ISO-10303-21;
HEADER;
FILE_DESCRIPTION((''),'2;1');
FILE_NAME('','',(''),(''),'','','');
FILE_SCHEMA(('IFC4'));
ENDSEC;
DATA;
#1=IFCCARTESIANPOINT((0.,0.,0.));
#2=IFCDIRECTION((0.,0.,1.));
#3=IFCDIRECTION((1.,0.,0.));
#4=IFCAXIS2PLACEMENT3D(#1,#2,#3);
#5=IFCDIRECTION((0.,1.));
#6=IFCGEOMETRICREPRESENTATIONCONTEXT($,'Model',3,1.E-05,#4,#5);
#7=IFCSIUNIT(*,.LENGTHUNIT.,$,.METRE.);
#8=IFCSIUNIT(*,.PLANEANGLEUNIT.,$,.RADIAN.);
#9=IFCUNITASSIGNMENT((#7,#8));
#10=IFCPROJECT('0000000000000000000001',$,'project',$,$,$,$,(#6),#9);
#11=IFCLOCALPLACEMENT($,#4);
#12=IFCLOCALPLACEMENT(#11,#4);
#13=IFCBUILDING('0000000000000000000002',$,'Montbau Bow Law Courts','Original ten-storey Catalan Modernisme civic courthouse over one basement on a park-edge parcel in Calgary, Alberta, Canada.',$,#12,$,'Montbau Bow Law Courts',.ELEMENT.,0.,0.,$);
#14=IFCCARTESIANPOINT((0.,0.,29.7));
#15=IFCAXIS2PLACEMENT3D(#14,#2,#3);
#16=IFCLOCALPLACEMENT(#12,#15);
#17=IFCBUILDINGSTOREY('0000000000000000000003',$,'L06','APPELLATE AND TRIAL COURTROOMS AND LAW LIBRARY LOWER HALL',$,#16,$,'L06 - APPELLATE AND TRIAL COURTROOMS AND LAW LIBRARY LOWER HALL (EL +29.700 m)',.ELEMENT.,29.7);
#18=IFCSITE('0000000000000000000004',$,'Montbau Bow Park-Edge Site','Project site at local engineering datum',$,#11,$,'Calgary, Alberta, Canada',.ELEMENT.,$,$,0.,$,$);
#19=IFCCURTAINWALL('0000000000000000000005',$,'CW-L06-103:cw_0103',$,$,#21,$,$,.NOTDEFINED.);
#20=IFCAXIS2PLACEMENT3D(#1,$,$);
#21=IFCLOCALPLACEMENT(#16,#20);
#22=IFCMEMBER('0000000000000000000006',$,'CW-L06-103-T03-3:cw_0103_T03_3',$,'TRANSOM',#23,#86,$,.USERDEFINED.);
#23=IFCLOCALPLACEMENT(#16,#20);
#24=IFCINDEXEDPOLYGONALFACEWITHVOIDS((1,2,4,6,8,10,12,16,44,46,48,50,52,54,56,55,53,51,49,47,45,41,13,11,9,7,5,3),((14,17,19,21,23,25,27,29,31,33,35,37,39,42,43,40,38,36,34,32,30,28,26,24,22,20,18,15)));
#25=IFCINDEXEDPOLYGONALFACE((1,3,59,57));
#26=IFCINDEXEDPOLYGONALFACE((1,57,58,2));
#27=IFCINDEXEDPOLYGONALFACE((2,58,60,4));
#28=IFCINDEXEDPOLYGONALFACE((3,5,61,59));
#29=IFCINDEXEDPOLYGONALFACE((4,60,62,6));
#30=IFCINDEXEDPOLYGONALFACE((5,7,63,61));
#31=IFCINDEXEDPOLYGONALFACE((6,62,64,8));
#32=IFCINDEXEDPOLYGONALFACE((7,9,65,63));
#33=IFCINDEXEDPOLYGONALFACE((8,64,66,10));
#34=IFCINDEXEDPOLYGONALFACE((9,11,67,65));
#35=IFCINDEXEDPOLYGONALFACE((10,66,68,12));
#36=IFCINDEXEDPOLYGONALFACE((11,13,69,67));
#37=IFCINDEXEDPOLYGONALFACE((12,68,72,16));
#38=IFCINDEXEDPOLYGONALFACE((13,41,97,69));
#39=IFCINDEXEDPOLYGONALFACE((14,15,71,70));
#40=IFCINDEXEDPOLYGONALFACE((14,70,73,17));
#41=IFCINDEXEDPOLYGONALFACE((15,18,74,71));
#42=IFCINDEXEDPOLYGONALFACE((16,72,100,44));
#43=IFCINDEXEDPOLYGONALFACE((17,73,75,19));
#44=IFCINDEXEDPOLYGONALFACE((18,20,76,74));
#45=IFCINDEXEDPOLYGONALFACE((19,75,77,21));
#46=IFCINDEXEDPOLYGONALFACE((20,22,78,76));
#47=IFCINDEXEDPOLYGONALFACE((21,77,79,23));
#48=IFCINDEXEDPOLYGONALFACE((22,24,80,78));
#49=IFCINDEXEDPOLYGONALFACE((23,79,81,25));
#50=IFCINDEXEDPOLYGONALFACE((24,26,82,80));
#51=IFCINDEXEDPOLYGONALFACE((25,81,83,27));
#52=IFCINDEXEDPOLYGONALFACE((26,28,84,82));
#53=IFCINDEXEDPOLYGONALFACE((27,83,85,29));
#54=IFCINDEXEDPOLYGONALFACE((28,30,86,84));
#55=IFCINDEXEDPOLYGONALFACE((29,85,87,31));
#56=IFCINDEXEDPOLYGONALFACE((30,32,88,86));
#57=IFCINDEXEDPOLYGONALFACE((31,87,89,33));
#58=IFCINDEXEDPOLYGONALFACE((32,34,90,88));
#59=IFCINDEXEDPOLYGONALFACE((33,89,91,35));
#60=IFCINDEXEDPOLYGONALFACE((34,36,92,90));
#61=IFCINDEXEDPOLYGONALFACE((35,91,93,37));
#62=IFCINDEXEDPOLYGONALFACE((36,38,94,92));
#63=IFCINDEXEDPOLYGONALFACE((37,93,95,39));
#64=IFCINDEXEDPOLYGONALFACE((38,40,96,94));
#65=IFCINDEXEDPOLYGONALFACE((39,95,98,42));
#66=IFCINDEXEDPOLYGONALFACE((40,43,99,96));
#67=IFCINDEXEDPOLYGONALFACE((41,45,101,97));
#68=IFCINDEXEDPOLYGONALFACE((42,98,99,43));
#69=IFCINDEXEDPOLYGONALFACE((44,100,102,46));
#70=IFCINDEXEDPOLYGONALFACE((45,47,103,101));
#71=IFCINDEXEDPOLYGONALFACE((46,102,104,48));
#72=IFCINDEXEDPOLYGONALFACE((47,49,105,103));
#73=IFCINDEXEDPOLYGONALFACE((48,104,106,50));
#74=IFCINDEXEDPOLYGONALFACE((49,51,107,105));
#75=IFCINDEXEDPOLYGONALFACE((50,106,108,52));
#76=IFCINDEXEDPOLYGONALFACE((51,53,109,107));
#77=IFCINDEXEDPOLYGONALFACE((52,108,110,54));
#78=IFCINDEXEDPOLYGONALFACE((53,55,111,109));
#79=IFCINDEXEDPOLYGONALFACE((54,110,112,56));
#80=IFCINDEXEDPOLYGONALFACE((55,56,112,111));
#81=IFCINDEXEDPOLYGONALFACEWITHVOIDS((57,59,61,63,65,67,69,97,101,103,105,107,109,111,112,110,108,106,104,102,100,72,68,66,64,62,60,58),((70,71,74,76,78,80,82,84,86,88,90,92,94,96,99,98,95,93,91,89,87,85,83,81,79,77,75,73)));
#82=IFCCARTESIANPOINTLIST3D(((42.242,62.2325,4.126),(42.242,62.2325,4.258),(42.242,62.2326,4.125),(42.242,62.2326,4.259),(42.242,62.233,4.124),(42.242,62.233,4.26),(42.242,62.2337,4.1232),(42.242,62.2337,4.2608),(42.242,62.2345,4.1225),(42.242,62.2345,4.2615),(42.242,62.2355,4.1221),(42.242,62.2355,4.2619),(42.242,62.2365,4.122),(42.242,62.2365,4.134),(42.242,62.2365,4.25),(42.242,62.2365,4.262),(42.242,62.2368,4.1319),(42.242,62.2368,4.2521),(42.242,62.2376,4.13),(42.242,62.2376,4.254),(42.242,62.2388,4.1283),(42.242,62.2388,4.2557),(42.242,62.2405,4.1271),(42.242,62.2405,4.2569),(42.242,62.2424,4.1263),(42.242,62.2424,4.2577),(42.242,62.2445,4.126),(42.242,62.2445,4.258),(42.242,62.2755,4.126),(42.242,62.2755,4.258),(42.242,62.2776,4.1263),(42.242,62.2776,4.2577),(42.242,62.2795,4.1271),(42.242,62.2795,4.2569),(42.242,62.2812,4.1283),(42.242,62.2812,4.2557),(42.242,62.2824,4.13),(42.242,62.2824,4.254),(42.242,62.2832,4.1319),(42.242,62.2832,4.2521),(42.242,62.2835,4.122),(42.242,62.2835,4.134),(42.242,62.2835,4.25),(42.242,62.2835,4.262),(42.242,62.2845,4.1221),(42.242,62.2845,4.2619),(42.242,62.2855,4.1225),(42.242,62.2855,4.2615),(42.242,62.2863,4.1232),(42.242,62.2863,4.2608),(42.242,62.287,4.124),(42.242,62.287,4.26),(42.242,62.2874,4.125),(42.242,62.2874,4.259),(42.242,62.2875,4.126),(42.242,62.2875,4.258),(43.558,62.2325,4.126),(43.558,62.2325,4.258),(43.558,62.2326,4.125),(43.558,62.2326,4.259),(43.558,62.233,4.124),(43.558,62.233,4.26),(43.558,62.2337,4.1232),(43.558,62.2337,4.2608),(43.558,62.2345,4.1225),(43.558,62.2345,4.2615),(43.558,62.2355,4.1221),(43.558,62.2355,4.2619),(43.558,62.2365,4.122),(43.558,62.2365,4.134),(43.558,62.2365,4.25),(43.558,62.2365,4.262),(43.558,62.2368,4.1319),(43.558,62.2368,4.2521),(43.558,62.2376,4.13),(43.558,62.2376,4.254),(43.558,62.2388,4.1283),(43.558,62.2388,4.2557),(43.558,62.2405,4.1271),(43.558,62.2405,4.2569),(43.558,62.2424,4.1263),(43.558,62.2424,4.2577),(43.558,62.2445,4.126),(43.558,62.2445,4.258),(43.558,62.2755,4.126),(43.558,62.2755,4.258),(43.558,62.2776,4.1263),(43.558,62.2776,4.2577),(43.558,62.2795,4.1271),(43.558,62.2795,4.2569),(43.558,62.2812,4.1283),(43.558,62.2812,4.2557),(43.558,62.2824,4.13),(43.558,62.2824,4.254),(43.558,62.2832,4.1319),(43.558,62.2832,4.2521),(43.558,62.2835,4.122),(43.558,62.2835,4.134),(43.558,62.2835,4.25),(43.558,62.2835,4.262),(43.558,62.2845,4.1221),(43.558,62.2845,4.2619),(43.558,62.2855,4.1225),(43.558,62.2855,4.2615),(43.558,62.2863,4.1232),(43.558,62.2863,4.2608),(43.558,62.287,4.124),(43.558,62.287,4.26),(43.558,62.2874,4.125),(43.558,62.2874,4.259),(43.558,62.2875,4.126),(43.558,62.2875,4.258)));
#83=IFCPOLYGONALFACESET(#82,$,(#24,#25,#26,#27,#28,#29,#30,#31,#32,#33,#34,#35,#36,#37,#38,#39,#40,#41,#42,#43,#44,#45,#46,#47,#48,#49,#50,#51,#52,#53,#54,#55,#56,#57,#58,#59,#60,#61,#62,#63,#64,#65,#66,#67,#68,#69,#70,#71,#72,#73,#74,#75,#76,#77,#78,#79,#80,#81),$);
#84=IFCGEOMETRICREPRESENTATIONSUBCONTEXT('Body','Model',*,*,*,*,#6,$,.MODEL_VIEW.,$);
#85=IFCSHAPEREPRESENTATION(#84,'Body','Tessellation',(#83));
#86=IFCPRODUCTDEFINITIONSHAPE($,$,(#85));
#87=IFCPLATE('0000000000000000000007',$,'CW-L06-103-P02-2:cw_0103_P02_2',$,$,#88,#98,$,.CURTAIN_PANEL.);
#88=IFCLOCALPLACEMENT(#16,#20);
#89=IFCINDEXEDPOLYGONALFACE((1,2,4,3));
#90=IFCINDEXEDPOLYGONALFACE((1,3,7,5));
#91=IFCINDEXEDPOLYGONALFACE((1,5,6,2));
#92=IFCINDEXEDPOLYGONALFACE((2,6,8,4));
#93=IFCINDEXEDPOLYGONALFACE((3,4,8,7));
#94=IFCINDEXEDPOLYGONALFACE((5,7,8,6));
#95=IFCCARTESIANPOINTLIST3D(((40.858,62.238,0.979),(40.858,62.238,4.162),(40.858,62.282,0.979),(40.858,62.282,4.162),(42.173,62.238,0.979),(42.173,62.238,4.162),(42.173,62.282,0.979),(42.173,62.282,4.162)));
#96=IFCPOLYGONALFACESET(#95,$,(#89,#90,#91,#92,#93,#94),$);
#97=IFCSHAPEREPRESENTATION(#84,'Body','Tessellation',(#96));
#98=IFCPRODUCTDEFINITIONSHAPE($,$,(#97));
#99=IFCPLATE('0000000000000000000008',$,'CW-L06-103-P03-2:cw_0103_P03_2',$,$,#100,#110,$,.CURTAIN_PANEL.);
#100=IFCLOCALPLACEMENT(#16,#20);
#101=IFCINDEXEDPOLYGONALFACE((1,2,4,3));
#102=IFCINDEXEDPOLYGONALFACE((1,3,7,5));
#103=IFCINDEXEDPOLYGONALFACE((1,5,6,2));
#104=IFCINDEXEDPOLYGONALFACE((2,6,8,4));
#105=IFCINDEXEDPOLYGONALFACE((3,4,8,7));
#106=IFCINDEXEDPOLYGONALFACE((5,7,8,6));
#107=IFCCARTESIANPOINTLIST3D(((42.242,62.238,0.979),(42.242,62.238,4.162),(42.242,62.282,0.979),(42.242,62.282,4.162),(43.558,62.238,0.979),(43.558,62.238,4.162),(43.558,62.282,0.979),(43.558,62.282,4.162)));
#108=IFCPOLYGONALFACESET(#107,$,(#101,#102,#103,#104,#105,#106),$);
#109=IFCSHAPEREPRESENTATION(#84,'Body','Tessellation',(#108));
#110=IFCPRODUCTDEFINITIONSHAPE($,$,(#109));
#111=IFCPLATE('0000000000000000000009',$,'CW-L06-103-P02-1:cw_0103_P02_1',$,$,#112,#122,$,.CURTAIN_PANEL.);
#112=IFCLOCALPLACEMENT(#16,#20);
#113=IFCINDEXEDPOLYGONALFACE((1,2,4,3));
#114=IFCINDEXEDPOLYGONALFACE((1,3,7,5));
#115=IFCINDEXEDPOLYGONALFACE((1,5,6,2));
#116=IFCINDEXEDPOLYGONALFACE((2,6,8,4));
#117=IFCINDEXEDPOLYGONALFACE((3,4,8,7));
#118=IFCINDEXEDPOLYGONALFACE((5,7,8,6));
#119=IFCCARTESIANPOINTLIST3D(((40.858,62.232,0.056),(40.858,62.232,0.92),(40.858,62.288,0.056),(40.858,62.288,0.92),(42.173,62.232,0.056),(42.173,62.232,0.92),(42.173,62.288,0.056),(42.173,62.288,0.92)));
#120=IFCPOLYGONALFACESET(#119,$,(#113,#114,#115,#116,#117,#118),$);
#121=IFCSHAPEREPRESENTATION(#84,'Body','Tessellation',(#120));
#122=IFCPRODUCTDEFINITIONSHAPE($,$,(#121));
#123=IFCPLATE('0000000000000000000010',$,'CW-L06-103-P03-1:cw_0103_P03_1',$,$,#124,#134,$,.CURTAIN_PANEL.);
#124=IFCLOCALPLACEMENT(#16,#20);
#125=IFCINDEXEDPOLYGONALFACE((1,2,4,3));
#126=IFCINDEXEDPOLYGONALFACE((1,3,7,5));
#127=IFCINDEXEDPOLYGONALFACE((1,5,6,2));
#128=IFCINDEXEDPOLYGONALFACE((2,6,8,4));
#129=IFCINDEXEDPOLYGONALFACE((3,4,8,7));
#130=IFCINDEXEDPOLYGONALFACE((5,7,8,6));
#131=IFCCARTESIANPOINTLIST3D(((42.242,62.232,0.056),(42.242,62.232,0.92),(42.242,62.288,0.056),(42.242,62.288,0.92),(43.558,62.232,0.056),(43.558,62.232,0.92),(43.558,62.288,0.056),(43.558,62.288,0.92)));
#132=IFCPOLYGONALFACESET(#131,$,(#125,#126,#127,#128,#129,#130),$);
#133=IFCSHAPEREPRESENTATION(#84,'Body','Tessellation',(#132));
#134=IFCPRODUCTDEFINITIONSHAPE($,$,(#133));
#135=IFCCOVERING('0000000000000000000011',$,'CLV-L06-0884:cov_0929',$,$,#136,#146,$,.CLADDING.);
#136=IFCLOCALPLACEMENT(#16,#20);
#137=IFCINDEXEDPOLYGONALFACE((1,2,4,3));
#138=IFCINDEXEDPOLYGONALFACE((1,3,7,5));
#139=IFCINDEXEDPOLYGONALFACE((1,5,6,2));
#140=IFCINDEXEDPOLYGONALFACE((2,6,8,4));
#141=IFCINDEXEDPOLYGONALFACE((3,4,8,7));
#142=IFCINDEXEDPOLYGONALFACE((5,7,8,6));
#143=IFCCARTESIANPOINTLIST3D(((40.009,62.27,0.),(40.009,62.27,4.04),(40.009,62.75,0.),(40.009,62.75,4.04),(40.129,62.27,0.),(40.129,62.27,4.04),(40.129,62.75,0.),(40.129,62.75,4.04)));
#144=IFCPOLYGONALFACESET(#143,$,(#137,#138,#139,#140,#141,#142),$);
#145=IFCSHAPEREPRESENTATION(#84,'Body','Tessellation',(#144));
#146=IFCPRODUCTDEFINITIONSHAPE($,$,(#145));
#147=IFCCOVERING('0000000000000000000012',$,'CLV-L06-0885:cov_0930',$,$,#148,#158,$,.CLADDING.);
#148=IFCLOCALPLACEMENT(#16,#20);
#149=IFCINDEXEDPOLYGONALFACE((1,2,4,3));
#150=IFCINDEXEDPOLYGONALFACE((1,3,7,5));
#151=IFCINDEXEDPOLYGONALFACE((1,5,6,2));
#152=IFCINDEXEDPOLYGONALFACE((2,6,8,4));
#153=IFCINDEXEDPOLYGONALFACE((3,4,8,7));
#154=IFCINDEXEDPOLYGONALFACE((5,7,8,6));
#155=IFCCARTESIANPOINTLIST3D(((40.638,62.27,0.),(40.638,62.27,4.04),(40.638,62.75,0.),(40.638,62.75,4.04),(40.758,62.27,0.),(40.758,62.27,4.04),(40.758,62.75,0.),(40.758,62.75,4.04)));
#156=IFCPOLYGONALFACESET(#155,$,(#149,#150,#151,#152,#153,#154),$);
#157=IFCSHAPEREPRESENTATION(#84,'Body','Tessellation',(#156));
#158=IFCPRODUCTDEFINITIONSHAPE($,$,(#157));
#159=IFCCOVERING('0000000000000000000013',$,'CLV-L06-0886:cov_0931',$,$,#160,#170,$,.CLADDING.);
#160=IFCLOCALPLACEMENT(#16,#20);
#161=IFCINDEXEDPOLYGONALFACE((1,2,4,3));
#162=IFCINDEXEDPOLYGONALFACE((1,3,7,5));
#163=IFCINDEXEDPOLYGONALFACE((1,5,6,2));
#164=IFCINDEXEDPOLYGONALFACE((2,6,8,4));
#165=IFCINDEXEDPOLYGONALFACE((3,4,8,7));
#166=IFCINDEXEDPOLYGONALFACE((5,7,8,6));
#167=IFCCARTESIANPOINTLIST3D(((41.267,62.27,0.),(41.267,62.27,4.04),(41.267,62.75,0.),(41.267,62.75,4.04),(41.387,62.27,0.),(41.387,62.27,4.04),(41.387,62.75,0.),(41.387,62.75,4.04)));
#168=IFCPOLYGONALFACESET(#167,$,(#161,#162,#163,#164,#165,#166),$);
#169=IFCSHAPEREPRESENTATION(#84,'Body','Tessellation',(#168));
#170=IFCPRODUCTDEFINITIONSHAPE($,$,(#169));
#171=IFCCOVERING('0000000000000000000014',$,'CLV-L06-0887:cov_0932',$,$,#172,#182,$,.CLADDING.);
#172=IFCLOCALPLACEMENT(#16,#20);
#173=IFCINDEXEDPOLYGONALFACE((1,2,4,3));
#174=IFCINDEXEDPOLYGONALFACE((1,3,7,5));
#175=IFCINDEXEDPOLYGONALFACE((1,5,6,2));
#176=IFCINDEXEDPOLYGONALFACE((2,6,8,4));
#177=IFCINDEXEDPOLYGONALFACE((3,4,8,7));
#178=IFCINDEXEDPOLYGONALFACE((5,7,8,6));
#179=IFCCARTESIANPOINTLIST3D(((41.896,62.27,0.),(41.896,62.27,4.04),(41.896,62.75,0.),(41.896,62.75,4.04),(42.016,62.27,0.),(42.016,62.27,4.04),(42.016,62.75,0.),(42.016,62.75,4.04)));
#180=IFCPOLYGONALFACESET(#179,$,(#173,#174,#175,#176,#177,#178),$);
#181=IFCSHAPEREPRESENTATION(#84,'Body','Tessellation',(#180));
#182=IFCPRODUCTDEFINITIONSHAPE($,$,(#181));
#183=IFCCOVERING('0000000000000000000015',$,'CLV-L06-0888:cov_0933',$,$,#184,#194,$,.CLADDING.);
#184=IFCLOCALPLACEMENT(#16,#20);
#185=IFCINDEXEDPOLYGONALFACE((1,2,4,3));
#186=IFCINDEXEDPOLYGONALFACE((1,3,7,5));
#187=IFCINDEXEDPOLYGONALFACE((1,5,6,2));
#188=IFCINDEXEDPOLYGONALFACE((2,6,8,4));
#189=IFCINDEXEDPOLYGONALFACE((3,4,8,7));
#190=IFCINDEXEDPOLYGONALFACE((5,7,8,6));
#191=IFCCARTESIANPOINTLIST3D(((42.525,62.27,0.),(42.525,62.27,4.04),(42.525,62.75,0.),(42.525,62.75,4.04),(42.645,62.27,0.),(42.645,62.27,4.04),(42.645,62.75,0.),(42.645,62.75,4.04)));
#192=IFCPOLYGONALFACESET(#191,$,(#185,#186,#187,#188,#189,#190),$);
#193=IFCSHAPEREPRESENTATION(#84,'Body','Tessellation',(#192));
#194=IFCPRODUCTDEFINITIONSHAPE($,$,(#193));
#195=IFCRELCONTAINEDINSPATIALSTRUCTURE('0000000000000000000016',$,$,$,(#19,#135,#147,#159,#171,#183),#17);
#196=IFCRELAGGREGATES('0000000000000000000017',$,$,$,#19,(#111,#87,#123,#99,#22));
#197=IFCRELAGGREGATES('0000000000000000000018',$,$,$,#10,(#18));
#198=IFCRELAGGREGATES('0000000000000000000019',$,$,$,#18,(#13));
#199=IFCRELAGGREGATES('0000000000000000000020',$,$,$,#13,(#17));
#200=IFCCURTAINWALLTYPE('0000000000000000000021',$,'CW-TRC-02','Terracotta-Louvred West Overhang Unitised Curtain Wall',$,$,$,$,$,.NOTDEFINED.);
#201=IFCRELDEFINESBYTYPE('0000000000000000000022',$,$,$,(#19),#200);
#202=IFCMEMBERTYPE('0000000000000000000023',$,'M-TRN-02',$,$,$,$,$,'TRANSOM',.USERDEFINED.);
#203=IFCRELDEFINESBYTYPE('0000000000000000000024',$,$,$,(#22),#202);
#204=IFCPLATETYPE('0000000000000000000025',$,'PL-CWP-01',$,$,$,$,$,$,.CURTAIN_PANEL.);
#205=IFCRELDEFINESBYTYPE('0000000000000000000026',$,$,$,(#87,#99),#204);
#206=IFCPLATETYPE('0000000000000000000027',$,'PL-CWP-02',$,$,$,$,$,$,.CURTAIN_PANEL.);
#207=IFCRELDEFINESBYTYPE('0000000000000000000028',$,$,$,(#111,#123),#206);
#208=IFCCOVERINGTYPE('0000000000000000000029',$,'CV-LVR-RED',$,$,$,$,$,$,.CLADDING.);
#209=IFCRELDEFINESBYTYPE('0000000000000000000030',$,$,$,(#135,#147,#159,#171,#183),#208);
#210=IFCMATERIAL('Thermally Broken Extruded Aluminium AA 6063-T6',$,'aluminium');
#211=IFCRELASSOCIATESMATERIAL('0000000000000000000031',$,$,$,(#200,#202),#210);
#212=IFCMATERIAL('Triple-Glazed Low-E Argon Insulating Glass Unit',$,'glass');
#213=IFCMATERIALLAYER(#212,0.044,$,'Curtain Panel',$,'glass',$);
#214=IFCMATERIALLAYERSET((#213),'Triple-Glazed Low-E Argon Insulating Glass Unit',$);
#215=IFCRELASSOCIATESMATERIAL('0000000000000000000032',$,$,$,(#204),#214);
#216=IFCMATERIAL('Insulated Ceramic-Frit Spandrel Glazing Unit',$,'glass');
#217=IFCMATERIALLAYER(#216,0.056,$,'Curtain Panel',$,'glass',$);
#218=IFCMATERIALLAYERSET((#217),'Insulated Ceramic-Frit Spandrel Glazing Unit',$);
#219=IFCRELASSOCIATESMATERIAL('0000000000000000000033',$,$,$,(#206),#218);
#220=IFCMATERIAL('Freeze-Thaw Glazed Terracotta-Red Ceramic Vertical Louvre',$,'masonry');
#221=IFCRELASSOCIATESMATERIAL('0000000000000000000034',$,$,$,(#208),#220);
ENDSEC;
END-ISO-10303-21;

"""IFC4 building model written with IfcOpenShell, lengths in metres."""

from ifc_helpers import new_model, si_unit, direction, frame, frame_2d, origin_with_axes, origin_2d_with_axis, place, context, subcontext, project, spatial, rectangle, hollow_rectangle, extrude, material, layer, layer_set, material_profile, profile_set, type_object, element, aggregate, save


model = new_model("IFC4")

# Units and contexts
model_context = context("Model", 3, precision=1e-05, world=origin_with_axes(), true_north=direction((0.0, 1.0)))
body_context = subcontext(model_context, "Body", "Model", "MODEL_VIEW")
ifc_project = project(units=[si_unit("LENGTHUNIT", "METRE"), si_unit("PLANEANGLEUNIT", "RADIAN")], contexts=[model_context])

# Site, building, storey
site_placement = place(None, origin_with_axes())
site = spatial("IfcSite", under=ifc_project, at=site_placement, Name="Montbau Bow Park-Edge Site", Description="Project site at local engineering datum", LongName="Calgary, Alberta, Canada", CompositionType="ELEMENT", RefElevation=0.0)
building_placement = place(site_placement, origin_with_axes())
building = spatial("IfcBuilding", under=site, at=building_placement, Name="Montbau Bow Law Courts", Description="Original ten-storey Catalan Modernisme civic courthouse over one basement on a park-edge parcel in Calgary, Alberta, Canada.", LongName="Montbau Bow Law Courts", CompositionType="ELEMENT", ElevationOfRefHeight=0.0, ElevationOfTerrain=0.0)
storey_placement = place(building_placement, frame((0.0, 0.0, 29.7), z_axis=(0.0, 0.0, 1.0), x_axis=(1.0, 0.0, 0.0)))
storey = spatial("IfcBuildingStorey", under=building, at=storey_placement, Name="L06", Description="APPELLATE AND TRIAL COURTROOMS AND LAW LIBRARY LOWER HALL", LongName="L06 - APPELLATE AND TRIAL COURTROOMS AND LAW LIBRARY LOWER HALL (EL +29.700 m)", CompositionType="ELEMENT", Elevation=29.7)

# Curtain wall, member, plates
ifc_material_1 = material(Name="Thermally Broken Extruded Aluminium AA 6063-T6", Category="aluminium")
curtain_wall_type = type_object("IfcCurtainWallType", Name="CW-TRC-02", Description="Terracotta-Louvred West Overhang Unitised Curtain Wall", PredefinedType="NOTDEFINED", material=ifc_material_1)
curtain_wall_placement = place(None, frame((39.44, 62.26, 29.7), z_axis=(0.0, 0.0, 1.0), x_axis=(1.0, 0.0, 0.0)))
curtain_wall = element("IfcCurtainWall", 1, at=curtain_wall_placement, inside=storey, type_object=curtain_wall_type, Name="CW-L06-103:cw_0103", PredefinedType="NOTDEFINED")
ifc_material_profile_1 = material_profile(ifc_material_1, hollow_rectangle(XDim=0.055, YDim=0.14, WallThickness=0.004, InnerFilletRadius=0.008, OuterFilletRadius=0.004, at=origin_2d_with_axis()), Name="CWT-140X55", Category="Main", Priority=0)
ifc_profile_set_1 = profile_set([ifc_material_profile_1], Name="Thermally Broken Extruded Aluminium AA 6063-T6")
member_type_1 = type_object("IfcMemberType", Name="M-TRN-02", ElementType="TRANSOM", PredefinedType="USERDEFINED", material=ifc_profile_set_1)
member_1_placement = place(None, frame((42.242, 62.26, 33.892), z_axis=(1.0, 0.0, 0.0), x_axis=(0.0, 1.0, 0.0)))
member_1 = element("IfcMember", 2, at=member_1_placement, type_object=member_type_1, Name="CW-L06-103-T03-3:cw_0103_T03_3", ObjectType="TRANSOM", PredefinedType="USERDEFINED", context=body_context, shape_type="SweptSolid", body=[
    extrude(hollow_rectangle(XDim=0.055, YDim=0.14, WallThickness=0.004, InnerFilletRadius=0.008, OuterFilletRadius=0.004, at=origin_2d_with_axis()), origin_with_axes(), (0.0, 0.0, 1.0), 1.316),
])
ifc_material_2 = material(Name="Triple-Glazed Low-E Argon Insulating Glass Unit", Category="glass")
ifc_layer_1 = layer(ifc_material_2, 0.044, Name="Curtain Panel", Category="glass")
ifc_layer_set_1 = layer_set([ifc_layer_1], Name="Triple-Glazed Low-E Argon Insulating Glass Unit")
plate_type_1 = type_object("IfcPlateType", Name="PL-CWP-01", PredefinedType="CURTAIN_PANEL", material=ifc_layer_set_1)
plate_1_placement = place(None, frame((40.858, 62.26, 30.679), z_axis=(0.0, -1.0, 0.0), x_axis=(1.0, 0.0, 0.0)))
plate_1 = element("IfcPlate", 3, at=plate_1_placement, type_object=plate_type_1, Name="CW-L06-103-P02-2:cw_0103_P02_2", PredefinedType="CURTAIN_PANEL", context=body_context, shape_type="SweptSolid", body=[
    extrude(rectangle(XDim=1.315, YDim=3.183, at=frame_2d((0.6575, 1.5915), x_axis=(1.0, 0.0))), frame((0.0, 0.0, -0.022), z_axis=(0.0, 0.0, 1.0), x_axis=(1.0, 0.0, 0.0)), (0.0, 0.0, 1.0), 0.044),
])
plate_2_placement = place(None, frame((42.242, 62.26, 30.679), z_axis=(0.0, -1.0, 0.0), x_axis=(1.0, 0.0, 0.0)))
plate_2 = element("IfcPlate", 4, at=plate_2_placement, type_object=plate_type_1, Name="CW-L06-103-P03-2:cw_0103_P03_2", PredefinedType="CURTAIN_PANEL", context=body_context, shape_type="SweptSolid", body=[
    extrude(rectangle(XDim=1.316, YDim=3.183, at=frame_2d((0.658, 1.5915), x_axis=(1.0, 0.0))), frame((0.0, 0.0, -0.022), z_axis=(0.0, 0.0, 1.0), x_axis=(1.0, 0.0, 0.0)), (0.0, 0.0, 1.0), 0.044),
])
ifc_material_3 = material(Name="Insulated Ceramic-Frit Spandrel Glazing Unit", Category="glass")
ifc_layer_2 = layer(ifc_material_3, 0.056, Name="Curtain Panel", Category="glass")
ifc_layer_set_2 = layer_set([ifc_layer_2], Name="Insulated Ceramic-Frit Spandrel Glazing Unit")
plate_type_2 = type_object("IfcPlateType", Name="PL-CWP-02", PredefinedType="CURTAIN_PANEL", material=ifc_layer_set_2)
plate_3_placement = place(None, frame((40.858, 62.26, 29.756), z_axis=(0.0, -1.0, 0.0), x_axis=(1.0, 0.0, 0.0)))
plate_3 = element("IfcPlate", 5, at=plate_3_placement, type_object=plate_type_2, Name="CW-L06-103-P02-1:cw_0103_P02_1", PredefinedType="CURTAIN_PANEL", context=body_context, shape_type="SweptSolid", body=[
    extrude(rectangle(XDim=1.315, YDim=0.864, at=frame_2d((0.6575, 0.432), x_axis=(1.0, 0.0))), frame((0.0, 0.0, -0.028), z_axis=(0.0, 0.0, 1.0), x_axis=(1.0, 0.0, 0.0)), (0.0, 0.0, 1.0), 0.056),
])
plate_4_placement = place(None, frame((42.242, 62.26, 29.756), z_axis=(0.0, -1.0, 0.0), x_axis=(1.0, 0.0, 0.0)))
plate_4 = element("IfcPlate", 6, at=plate_4_placement, type_object=plate_type_2, Name="CW-L06-103-P03-1:cw_0103_P03_1", PredefinedType="CURTAIN_PANEL", context=body_context, shape_type="SweptSolid", body=[
    extrude(rectangle(XDim=1.316, YDim=0.864, at=frame_2d((0.658, 0.432), x_axis=(1.0, 0.0))), frame((0.0, 0.0, -0.028), z_axis=(0.0, 0.0, 1.0), x_axis=(1.0, 0.0, 0.0)), (0.0, 0.0, 1.0), 0.056),
])
aggregate(curtain_wall, [plate_3, plate_1, plate_4, plate_2, member_1])

# Coverings
ifc_material_4 = material(Name="Freeze-Thaw Glazed Terracotta-Red Ceramic Vertical Louvre", Category="masonry")
covering_type = type_object("IfcCoveringType", Name="CV-LVR-RED", PredefinedType="CLADDING", material=ifc_material_4)
for number, where, z_axis, x_axis, name in (
    (7, (40.069, 62.27, 29.7), (1.0, 0.0, 0.0), (0.0, 1.0, 0.0), "CLV-L06-0884:cov_0929"),
    (8, (40.698, 62.27, 29.7), (1.0, 0.0, 0.0), (0.0, 1.0, 0.0), "CLV-L06-0885:cov_0930"),
    (9, (41.327, 62.27, 29.7), (1.0, 0.0, 0.0), (0.0, 1.0, 0.0), "CLV-L06-0886:cov_0931"),
    (10, (41.956, 62.27, 29.7), (1.0, 0.0, 0.0), (0.0, 1.0, 0.0), "CLV-L06-0887:cov_0932"),
    (11, (42.585, 62.27, 29.7), (1.0, 0.0, 0.0), (0.0, 1.0, 0.0), "CLV-L06-0888:cov_0933"),
):
    element("IfcCovering", number, at=place(None, frame(where, z_axis=z_axis, x_axis=x_axis)), inside=storey, type_object=covering_type, Name=name, PredefinedType="CLADDING", context=body_context, shape_type="SweptSolid", body=[
        extrude(rectangle(XDim=0.48, YDim=4.04, at=frame_2d((0.24, 2.02), x_axis=(1.0, 0.0))), frame((0.0, 0.0, -0.06), z_axis=(0.0, 0.0, 1.0), x_axis=(1.0, 0.0, 0.0)), (0.0, 0.0, 1.0), 0.12),
    ])

save(model, "model.ifc")
